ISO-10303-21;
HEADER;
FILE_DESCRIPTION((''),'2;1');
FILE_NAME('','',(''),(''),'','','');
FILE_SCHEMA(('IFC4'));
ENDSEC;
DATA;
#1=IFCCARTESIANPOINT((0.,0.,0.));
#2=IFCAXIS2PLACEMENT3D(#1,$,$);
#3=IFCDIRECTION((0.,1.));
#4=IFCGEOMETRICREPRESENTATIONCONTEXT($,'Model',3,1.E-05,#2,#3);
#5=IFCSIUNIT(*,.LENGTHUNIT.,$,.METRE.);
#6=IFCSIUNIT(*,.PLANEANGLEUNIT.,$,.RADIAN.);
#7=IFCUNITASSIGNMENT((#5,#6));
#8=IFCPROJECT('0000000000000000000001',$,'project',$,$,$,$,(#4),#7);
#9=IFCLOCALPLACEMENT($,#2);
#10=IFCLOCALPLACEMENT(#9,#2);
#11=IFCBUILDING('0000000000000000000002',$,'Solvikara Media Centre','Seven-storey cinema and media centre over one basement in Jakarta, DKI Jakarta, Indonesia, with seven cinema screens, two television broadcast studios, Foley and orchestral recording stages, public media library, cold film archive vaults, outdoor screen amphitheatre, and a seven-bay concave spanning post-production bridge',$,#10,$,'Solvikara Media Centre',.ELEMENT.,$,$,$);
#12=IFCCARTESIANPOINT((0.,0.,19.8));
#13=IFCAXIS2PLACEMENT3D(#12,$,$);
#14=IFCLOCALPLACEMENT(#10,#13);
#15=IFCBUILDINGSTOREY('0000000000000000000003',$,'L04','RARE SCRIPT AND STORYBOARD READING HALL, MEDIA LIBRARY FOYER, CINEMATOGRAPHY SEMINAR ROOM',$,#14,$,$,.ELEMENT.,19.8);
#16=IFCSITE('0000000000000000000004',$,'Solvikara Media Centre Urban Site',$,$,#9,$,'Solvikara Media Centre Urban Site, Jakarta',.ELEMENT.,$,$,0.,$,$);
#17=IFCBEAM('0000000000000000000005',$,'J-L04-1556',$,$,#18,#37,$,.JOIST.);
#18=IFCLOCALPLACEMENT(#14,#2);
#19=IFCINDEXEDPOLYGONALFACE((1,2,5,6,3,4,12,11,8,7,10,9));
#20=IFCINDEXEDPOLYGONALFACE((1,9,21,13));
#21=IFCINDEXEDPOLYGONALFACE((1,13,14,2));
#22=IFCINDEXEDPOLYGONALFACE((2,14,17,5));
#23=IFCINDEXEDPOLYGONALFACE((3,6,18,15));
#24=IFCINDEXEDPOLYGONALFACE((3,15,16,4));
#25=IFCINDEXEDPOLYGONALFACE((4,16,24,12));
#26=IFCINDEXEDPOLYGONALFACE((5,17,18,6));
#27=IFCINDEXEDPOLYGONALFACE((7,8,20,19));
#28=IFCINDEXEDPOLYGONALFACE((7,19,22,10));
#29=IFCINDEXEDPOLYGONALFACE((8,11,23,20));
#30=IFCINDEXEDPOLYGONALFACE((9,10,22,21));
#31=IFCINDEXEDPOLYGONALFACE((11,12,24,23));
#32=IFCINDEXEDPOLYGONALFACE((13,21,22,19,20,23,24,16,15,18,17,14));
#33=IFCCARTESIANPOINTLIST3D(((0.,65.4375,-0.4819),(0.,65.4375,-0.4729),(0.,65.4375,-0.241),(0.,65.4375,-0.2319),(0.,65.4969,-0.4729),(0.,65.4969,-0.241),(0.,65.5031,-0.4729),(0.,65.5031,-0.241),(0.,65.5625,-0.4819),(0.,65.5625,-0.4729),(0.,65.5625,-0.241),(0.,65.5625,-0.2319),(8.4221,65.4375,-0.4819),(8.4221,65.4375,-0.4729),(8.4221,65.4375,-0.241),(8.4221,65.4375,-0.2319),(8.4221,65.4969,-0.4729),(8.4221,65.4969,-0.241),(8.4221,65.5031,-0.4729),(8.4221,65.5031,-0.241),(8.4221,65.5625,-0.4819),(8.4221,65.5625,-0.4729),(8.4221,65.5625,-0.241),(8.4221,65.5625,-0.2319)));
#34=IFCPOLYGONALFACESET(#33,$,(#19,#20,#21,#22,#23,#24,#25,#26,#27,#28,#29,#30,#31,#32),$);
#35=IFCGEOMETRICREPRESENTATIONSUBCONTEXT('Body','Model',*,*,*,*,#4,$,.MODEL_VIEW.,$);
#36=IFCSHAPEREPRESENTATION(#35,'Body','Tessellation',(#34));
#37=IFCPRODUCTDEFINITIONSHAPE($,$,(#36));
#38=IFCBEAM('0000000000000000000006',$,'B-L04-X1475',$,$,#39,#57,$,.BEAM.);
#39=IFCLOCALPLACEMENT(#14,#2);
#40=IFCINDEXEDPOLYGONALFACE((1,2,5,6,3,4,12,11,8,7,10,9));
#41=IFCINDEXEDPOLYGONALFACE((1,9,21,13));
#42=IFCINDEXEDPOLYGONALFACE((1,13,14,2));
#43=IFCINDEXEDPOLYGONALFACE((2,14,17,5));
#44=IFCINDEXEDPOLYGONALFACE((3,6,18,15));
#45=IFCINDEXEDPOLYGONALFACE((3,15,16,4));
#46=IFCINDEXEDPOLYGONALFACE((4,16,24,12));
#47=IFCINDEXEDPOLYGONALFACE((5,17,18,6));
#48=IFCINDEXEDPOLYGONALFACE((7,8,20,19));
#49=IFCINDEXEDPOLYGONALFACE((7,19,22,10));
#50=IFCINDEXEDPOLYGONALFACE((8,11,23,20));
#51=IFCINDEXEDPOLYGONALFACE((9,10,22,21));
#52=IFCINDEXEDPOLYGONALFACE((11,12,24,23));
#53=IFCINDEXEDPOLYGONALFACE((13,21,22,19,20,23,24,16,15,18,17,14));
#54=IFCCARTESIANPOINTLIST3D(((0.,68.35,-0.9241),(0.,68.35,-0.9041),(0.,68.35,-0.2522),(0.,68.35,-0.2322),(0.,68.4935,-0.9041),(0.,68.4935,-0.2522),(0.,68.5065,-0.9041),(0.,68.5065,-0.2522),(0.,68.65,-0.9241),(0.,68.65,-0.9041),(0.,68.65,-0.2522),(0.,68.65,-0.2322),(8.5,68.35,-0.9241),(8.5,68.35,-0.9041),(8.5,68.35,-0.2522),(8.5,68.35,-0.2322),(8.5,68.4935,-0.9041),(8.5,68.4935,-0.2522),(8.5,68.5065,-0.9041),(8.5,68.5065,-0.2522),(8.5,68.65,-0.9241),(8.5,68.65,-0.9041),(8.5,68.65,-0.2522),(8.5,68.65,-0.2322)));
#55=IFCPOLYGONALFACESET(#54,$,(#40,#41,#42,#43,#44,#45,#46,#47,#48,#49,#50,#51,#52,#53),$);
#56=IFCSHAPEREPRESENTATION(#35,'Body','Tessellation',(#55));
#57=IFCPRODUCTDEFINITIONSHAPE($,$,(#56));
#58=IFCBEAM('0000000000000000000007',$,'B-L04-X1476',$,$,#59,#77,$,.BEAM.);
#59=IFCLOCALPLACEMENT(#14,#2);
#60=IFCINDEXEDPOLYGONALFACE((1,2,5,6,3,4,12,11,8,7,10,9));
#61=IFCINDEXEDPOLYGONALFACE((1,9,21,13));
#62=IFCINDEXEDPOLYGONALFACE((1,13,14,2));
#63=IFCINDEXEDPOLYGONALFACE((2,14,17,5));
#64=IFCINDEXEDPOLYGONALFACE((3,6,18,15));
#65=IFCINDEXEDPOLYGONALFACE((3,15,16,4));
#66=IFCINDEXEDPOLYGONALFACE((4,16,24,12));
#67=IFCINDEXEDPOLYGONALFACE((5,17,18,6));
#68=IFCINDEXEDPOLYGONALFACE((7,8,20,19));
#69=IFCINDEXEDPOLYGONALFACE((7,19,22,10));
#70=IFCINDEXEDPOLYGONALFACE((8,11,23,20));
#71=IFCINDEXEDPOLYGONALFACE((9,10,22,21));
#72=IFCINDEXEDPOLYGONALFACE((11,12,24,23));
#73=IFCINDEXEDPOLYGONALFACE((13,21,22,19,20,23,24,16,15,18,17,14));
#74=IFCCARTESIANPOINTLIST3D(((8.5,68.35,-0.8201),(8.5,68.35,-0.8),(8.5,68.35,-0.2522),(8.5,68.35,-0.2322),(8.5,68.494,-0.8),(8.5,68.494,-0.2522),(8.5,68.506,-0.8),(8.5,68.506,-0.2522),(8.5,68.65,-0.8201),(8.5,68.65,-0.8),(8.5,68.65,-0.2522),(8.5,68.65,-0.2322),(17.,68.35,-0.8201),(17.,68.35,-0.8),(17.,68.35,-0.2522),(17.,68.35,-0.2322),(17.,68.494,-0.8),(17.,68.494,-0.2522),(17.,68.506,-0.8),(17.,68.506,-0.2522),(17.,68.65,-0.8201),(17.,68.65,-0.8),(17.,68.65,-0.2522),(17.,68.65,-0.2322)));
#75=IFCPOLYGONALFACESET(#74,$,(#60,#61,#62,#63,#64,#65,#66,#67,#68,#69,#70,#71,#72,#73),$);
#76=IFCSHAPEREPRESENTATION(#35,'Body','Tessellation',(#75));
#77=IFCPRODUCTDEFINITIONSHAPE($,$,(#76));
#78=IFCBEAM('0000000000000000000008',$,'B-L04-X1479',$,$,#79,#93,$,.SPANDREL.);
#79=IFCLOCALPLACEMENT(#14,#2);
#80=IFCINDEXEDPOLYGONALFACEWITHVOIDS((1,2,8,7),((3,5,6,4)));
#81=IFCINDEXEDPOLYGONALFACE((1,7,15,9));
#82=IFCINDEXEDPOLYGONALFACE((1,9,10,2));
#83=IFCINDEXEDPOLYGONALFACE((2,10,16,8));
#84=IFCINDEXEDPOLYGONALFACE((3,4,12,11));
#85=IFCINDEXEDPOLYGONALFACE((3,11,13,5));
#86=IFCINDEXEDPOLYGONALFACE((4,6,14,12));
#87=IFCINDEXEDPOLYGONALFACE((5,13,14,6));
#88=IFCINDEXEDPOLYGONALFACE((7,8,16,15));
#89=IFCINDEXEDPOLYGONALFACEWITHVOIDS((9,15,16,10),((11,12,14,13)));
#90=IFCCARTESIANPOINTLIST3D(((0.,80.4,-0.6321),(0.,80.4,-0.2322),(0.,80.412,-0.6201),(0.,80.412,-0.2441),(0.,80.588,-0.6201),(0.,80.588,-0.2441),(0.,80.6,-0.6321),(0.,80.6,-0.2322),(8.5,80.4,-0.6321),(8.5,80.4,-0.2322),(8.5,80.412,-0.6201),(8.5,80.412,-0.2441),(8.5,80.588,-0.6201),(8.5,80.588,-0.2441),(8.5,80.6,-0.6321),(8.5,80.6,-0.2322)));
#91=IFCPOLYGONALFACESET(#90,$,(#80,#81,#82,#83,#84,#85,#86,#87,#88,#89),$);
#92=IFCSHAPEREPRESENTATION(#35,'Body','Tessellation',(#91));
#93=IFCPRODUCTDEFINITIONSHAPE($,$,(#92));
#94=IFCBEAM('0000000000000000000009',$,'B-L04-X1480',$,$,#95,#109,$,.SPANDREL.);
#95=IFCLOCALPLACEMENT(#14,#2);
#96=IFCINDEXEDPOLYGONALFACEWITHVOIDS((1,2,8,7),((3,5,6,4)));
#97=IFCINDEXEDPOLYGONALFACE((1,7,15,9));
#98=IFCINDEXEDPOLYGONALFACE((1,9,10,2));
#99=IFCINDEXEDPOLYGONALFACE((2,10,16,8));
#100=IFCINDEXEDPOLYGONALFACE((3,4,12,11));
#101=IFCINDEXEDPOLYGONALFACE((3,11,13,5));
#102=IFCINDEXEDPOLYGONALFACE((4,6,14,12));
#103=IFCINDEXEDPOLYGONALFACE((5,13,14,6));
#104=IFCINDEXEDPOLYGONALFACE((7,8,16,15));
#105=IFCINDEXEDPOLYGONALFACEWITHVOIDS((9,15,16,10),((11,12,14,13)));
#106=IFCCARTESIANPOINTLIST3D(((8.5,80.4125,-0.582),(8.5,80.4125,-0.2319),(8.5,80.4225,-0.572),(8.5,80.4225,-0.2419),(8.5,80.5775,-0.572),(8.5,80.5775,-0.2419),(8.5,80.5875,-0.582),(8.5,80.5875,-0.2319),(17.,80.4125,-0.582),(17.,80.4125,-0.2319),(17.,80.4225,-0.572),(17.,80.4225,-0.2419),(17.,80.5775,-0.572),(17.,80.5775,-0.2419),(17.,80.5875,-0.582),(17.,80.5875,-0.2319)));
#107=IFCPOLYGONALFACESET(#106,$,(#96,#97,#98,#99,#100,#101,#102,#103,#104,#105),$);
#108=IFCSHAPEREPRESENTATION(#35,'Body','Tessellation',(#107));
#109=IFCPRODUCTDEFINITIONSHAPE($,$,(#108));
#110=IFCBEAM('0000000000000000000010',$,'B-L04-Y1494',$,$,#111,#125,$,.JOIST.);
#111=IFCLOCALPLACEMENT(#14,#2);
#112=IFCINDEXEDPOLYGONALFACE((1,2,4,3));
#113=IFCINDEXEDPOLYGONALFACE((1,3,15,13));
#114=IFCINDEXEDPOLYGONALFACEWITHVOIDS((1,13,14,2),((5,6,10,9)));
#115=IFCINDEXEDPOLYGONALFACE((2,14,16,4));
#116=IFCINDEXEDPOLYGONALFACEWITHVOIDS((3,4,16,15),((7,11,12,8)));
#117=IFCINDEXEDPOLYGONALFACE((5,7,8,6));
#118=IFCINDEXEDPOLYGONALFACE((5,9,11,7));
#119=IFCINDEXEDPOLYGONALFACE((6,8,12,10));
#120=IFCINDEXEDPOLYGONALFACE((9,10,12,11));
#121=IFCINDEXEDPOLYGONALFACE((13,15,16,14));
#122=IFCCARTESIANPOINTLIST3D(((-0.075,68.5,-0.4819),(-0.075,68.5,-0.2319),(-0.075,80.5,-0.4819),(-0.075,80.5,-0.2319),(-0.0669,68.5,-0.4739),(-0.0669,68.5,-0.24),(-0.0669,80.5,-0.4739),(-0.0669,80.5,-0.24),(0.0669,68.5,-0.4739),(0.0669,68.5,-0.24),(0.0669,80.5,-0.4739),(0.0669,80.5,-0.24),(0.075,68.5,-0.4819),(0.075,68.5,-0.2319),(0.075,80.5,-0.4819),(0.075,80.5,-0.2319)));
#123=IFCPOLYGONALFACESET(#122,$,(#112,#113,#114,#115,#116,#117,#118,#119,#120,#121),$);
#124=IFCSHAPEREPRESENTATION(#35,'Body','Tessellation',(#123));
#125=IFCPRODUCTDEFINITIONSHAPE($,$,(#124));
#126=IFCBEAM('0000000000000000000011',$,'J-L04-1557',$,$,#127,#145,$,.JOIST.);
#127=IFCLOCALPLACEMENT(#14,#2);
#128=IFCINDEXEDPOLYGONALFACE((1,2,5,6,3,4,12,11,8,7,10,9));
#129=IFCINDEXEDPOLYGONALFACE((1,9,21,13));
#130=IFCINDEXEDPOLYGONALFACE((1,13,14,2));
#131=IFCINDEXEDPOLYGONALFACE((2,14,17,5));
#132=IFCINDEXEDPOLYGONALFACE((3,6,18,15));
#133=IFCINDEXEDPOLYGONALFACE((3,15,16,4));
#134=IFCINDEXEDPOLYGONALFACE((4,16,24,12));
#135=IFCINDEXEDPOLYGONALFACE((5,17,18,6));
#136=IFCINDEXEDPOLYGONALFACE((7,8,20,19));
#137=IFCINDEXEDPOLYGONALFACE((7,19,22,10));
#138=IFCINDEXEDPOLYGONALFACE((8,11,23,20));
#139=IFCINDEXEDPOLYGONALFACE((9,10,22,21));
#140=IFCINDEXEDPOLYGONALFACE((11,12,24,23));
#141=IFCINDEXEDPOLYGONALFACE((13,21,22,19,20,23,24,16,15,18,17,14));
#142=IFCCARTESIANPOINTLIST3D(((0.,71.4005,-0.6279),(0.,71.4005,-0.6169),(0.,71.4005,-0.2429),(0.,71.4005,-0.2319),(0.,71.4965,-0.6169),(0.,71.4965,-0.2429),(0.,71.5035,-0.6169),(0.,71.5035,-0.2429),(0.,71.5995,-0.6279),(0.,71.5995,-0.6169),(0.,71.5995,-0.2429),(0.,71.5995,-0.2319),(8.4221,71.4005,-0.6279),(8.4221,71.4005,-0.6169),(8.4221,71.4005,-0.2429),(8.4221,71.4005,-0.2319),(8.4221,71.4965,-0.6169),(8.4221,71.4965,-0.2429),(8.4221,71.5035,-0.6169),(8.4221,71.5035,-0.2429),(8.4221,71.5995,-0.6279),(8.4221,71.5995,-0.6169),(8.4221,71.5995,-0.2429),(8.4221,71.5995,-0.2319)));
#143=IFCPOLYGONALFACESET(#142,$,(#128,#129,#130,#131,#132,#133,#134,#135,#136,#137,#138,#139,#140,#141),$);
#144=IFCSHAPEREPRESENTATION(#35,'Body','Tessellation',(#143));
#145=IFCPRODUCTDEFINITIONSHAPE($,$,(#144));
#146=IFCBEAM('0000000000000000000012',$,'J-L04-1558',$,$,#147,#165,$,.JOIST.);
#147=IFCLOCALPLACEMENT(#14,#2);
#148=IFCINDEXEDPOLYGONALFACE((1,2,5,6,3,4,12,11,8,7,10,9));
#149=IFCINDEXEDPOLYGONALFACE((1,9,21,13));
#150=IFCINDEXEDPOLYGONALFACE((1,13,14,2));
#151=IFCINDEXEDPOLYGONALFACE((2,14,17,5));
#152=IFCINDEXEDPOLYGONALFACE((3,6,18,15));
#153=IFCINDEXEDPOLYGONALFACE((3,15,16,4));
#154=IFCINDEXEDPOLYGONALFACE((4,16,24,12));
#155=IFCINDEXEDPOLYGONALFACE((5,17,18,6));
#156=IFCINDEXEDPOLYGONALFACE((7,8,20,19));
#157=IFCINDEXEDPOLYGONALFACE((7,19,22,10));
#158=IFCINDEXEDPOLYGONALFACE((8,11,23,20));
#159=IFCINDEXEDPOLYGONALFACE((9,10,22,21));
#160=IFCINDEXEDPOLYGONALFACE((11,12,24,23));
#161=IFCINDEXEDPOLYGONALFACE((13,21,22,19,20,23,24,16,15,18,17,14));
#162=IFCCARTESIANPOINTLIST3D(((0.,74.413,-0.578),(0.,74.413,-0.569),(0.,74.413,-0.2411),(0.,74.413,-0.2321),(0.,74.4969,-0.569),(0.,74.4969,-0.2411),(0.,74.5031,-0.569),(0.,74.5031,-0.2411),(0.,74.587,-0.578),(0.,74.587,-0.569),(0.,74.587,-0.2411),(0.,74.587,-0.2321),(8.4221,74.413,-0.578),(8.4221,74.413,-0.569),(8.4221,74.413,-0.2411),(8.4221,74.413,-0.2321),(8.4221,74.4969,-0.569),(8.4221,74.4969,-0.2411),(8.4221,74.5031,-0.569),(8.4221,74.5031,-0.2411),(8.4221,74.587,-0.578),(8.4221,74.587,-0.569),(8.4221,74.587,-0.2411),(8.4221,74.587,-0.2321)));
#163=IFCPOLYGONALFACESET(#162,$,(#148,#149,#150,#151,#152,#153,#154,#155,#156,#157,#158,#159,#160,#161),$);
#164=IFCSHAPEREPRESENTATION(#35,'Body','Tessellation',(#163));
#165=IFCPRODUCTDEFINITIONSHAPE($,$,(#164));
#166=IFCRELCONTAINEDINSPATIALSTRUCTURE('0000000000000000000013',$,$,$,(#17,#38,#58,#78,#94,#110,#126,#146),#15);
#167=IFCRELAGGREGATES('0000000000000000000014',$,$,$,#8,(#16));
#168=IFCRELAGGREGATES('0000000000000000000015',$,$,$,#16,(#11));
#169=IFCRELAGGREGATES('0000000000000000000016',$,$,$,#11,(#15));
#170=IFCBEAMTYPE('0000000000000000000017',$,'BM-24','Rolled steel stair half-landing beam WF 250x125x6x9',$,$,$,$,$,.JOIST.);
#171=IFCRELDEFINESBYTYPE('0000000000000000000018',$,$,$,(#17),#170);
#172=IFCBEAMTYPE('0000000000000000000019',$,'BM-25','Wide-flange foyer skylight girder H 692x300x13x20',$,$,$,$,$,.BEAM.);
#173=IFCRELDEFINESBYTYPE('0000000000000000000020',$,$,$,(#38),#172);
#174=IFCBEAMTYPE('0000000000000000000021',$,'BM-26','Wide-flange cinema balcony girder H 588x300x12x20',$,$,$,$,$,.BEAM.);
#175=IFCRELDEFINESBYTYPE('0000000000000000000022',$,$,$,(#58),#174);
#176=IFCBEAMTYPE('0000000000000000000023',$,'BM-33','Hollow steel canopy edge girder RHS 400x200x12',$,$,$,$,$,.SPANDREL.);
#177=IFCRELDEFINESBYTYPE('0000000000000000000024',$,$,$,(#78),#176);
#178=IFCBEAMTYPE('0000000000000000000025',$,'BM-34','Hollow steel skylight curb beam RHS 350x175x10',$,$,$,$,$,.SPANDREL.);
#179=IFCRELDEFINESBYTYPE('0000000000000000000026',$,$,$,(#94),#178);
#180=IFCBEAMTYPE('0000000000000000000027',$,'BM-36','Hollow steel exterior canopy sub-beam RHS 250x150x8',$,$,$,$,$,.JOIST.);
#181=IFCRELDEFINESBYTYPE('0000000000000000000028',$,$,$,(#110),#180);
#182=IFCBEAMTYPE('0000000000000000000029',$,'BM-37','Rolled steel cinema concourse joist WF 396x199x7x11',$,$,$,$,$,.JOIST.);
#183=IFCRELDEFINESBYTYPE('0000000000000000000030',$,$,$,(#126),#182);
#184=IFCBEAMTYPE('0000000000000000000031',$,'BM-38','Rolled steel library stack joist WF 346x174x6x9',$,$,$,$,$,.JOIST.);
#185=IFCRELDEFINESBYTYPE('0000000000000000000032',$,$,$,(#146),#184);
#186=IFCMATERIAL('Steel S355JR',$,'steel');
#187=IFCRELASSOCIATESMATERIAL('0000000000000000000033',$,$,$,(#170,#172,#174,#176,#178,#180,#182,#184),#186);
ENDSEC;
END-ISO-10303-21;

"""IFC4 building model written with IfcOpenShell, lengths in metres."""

from ifc_helpers import new_model, si_unit, direction, frame, origin, origin_2d, place, context, subcontext, project, spatial, hollow_rectangle, i_section, extrude, material, material_profile, profile_set, type_object, element, save


model = new_model("IFC4")

# Units and contexts
model_context = context("Model", 3, precision=1e-05, world=origin(), true_north=direction((0.0, 1.0)))
body_context = subcontext(model_context, "Body", "Model", "MODEL_VIEW")
ifc_project = project(units=[si_unit("LENGTHUNIT", "METRE"), si_unit("PLANEANGLEUNIT", "RADIAN")], contexts=[model_context])

# Site, building, storey
site_placement = place(None, origin())
site = spatial("IfcSite", under=ifc_project, at=site_placement, Name="Solvikara Media Centre Urban Site", LongName="Solvikara Media Centre Urban Site, Jakarta", CompositionType="ELEMENT", RefElevation=0.0)
building_placement = place(site_placement, origin())
building = spatial("IfcBuilding", under=site, at=building_placement, Name="Solvikara Media Centre", Description="Seven-storey cinema and media centre over one basement in Jakarta, DKI Jakarta, Indonesia, with seven cinema screens, two television broadcast studios, Foley and orchestral recording stages, public media library, cold film archive vaults, outdoor screen amphitheatre, and a seven-bay concave spanning post-production bridge", LongName="Solvikara Media Centre", CompositionType="ELEMENT")
storey_placement = place(building_placement, frame((0.0, 0.0, 19.8)))
storey = spatial("IfcBuildingStorey", under=building, at=storey_placement, Name="L04", Description="RARE SCRIPT AND STORYBOARD READING HALL, MEDIA LIBRARY FOYER, CINEMATOGRAPHY SEMINAR ROOM", CompositionType="ELEMENT", Elevation=19.8)

# Beams
ifc_material_1 = material(Name="Steel S355JR", Category="steel")
ifc_material_profile_1 = material_profile(ifc_material_1, i_section(OverallWidth=0.125, OverallDepth=0.25, WebThickness=0.0061, FlangeThickness=0.009, at=origin_2d()), Name="WF 250x125x6x9")
ifc_profile_set_1 = profile_set([ifc_material_profile_1], Name="Steel S355JR")
beam_type_1 = type_object("IfcBeamType", Name="BM-24", Description="Rolled steel stair half-landing beam WF 250x125x6x9", PredefinedType="JOIST", material=ifc_profile_set_1)
beam_1_placement = place(storey_placement, frame((0.0, 65.5, -0.3569), z_axis=(1.0, 0.0, 0.0), x_axis=(0.0, 1.0, 0.0)))
element("IfcBeam", 1, at=beam_1_placement, inside=storey, type_object=beam_type_1, Name="J-L04-1556", PredefinedType="JOIST", context=body_context, shape_type="SweptSolid", body=[
    extrude(i_section(OverallWidth=0.125, OverallDepth=0.25, WebThickness=0.0061, FlangeThickness=0.009, at=origin_2d()), origin(), (0.0, 0.0, 1.0), 8.4221),
])
ifc_material_profile_2 = material_profile(ifc_material_1, i_section(OverallWidth=0.3, OverallDepth=0.6919, WebThickness=0.0129, FlangeThickness=0.02, at=origin_2d()), Name="H 692x300x13x20")
ifc_profile_set_2 = profile_set([ifc_material_profile_2], Name="Steel S355JR")
beam_type_2 = type_object("IfcBeamType", Name="BM-25", Description="Wide-flange foyer skylight girder H 692x300x13x20", PredefinedType="BEAM", material=ifc_profile_set_2)
beam_2_placement = place(storey_placement, frame((0.0, 68.5, -0.5781), z_axis=(1.0, 0.0, 0.0), x_axis=(0.0, 1.0, 0.0)))
element("IfcBeam", 2, at=beam_2_placement, inside=storey, type_object=beam_type_2, Name="B-L04-X1475", PredefinedType="BEAM", context=body_context, shape_type="SweptSolid", body=[
    extrude(i_section(OverallWidth=0.3, OverallDepth=0.6919, WebThickness=0.0129, FlangeThickness=0.02, at=origin_2d()), origin(), (0.0, 0.0, 1.0), 8.5),
])
ifc_material_profile_3 = material_profile(ifc_material_1, i_section(OverallWidth=0.3, OverallDepth=0.5879, WebThickness=0.012, FlangeThickness=0.02, at=origin_2d()), Name="H 588x300x12x20")
ifc_profile_set_3 = profile_set([ifc_material_profile_3], Name="Steel S355JR")
beam_type_3 = type_object("IfcBeamType", Name="BM-26", Description="Wide-flange cinema balcony girder H 588x300x12x20", PredefinedType="BEAM", material=ifc_profile_set_3)
beam_3_placement = place(storey_placement, frame((8.5, 68.5, -0.5261), z_axis=(1.0, 0.0, 0.0), x_axis=(0.0, 1.0, 0.0)))
element("IfcBeam", 3, at=beam_3_placement, inside=storey, type_object=beam_type_3, Name="B-L04-X1476", PredefinedType="BEAM", context=body_context, shape_type="SweptSolid", body=[
    extrude(i_section(OverallWidth=0.3, OverallDepth=0.5879, WebThickness=0.012, FlangeThickness=0.02, at=origin_2d()), origin(), (0.0, 0.0, 1.0), 8.5),
])
ifc_material_profile_4 = material_profile(ifc_material_1, hollow_rectangle(XDim=0.2, YDim=0.3999, WallThickness=0.012, at=origin_2d()), Name="RHS 400x200x12")
ifc_profile_set_4 = profile_set([ifc_material_profile_4], Name="Steel S355JR")
beam_type_4 = type_object("IfcBeamType", Name="BM-33", Description="Hollow steel canopy edge girder RHS 400x200x12", PredefinedType="SPANDREL", material=ifc_profile_set_4)
beam_4_placement = place(storey_placement, frame((0.0, 80.5, -0.4321), z_axis=(1.0, 0.0, 0.0), x_axis=(0.0, 1.0, 0.0)))
element("IfcBeam", 4, at=beam_4_placement, inside=storey, type_object=beam_type_4, Name="B-L04-X1479", PredefinedType="SPANDREL", context=body_context, shape_type="SweptSolid", body=[
    extrude(hollow_rectangle(XDim=0.2, YDim=0.3999, WallThickness=0.012, at=origin_2d()), origin(), (0.0, 0.0, 1.0), 8.5),
])
ifc_material_profile_5 = material_profile(ifc_material_1, hollow_rectangle(XDim=0.175, YDim=0.3501, WallThickness=0.01, at=origin_2d()), Name="RHS 350x175x10")
ifc_profile_set_5 = profile_set([ifc_material_profile_5], Name="Steel S355JR")
beam_type_5 = type_object("IfcBeamType", Name="BM-34", Description="Hollow steel skylight curb beam RHS 350x175x10", PredefinedType="SPANDREL", material=ifc_profile_set_5)
beam_5_placement = place(storey_placement, frame((8.5, 80.5, -0.407), z_axis=(1.0, 0.0, 0.0), x_axis=(0.0, 1.0, 0.0)))
element("IfcBeam", 5, at=beam_5_placement, inside=storey, type_object=beam_type_5, Name="B-L04-X1480", PredefinedType="SPANDREL", context=body_context, shape_type="SweptSolid", body=[
    extrude(hollow_rectangle(XDim=0.175, YDim=0.3501, WallThickness=0.01, at=origin_2d()), origin(), (0.0, 0.0, 1.0), 8.5),
])
ifc_material_profile_6 = material_profile(ifc_material_1, hollow_rectangle(XDim=0.1499, YDim=0.25, WallThickness=0.0081, at=origin_2d()), Name="RHS 250x150x8")
ifc_profile_set_6 = profile_set([ifc_material_profile_6], Name="Steel S355JR")
beam_type_6 = type_object("IfcBeamType", Name="BM-36", Description="Hollow steel exterior canopy sub-beam RHS 250x150x8", PredefinedType="JOIST", material=ifc_profile_set_6)
beam_6_placement = place(storey_placement, frame((0.0, 68.5, -0.3569), z_axis=(0.0, 1.0, 0.0), x_axis=(-1.0, 0.0, 0.0)))
element("IfcBeam", 6, at=beam_6_placement, inside=storey, type_object=beam_type_6, Name="B-L04-Y1494", PredefinedType="JOIST", context=body_context, shape_type="SweptSolid", body=[
    extrude(hollow_rectangle(XDim=0.1499, YDim=0.25, WallThickness=0.0081, at=origin_2d()), origin(), (0.0, 0.0, 1.0), 12.0),
])
ifc_material_profile_7 = material_profile(ifc_material_1, i_section(OverallWidth=0.199, OverallDepth=0.396, WebThickness=0.0071, FlangeThickness=0.011, at=origin_2d()), Name="WF 396x199x7x11")
ifc_profile_set_7 = profile_set([ifc_material_profile_7], Name="Steel S355JR")
beam_type_7 = type_object("IfcBeamType", Name="BM-37", Description="Rolled steel cinema concourse joist WF 396x199x7x11", PredefinedType="JOIST", material=ifc_profile_set_7)
beam_7_placement = place(storey_placement, frame((0.0, 71.5, -0.4299), z_axis=(1.0, 0.0, 0.0), x_axis=(0.0, 1.0, 0.0)))
element("IfcBeam", 7, at=beam_7_placement, inside=storey, type_object=beam_type_7, Name="J-L04-1557", PredefinedType="JOIST", context=body_context, shape_type="SweptSolid", body=[
    extrude(i_section(OverallWidth=0.199, OverallDepth=0.396, WebThickness=0.0071, FlangeThickness=0.011, at=origin_2d()), origin(), (0.0, 0.0, 1.0), 8.4221),
])
ifc_material_profile_8 = material_profile(ifc_material_1, i_section(OverallWidth=0.1741, OverallDepth=0.3459, WebThickness=0.0061, FlangeThickness=0.009, at=origin_2d()), Name="WF 346x174x6x9")
ifc_profile_set_8 = profile_set([ifc_material_profile_8], Name="Steel S355JR")
beam_type_8 = type_object("IfcBeamType", Name="BM-38", Description="Rolled steel library stack joist WF 346x174x6x9", PredefinedType="JOIST", material=ifc_profile_set_8)
beam_8_placement = place(storey_placement, frame((0.0, 74.5, -0.405), z_axis=(1.0, 0.0, 0.0), x_axis=(0.0, 1.0, 0.0)))
element("IfcBeam", 8, at=beam_8_placement, inside=storey, type_object=beam_type_8, Name="J-L04-1558", PredefinedType="JOIST", context=body_context, shape_type="SweptSolid", body=[
    extrude(i_section(OverallWidth=0.1741, OverallDepth=0.3459, WebThickness=0.0061, FlangeThickness=0.009, at=origin_2d()), origin(), (0.0, 0.0, 1.0), 8.4221),
])

save(model, "model.ifc")
